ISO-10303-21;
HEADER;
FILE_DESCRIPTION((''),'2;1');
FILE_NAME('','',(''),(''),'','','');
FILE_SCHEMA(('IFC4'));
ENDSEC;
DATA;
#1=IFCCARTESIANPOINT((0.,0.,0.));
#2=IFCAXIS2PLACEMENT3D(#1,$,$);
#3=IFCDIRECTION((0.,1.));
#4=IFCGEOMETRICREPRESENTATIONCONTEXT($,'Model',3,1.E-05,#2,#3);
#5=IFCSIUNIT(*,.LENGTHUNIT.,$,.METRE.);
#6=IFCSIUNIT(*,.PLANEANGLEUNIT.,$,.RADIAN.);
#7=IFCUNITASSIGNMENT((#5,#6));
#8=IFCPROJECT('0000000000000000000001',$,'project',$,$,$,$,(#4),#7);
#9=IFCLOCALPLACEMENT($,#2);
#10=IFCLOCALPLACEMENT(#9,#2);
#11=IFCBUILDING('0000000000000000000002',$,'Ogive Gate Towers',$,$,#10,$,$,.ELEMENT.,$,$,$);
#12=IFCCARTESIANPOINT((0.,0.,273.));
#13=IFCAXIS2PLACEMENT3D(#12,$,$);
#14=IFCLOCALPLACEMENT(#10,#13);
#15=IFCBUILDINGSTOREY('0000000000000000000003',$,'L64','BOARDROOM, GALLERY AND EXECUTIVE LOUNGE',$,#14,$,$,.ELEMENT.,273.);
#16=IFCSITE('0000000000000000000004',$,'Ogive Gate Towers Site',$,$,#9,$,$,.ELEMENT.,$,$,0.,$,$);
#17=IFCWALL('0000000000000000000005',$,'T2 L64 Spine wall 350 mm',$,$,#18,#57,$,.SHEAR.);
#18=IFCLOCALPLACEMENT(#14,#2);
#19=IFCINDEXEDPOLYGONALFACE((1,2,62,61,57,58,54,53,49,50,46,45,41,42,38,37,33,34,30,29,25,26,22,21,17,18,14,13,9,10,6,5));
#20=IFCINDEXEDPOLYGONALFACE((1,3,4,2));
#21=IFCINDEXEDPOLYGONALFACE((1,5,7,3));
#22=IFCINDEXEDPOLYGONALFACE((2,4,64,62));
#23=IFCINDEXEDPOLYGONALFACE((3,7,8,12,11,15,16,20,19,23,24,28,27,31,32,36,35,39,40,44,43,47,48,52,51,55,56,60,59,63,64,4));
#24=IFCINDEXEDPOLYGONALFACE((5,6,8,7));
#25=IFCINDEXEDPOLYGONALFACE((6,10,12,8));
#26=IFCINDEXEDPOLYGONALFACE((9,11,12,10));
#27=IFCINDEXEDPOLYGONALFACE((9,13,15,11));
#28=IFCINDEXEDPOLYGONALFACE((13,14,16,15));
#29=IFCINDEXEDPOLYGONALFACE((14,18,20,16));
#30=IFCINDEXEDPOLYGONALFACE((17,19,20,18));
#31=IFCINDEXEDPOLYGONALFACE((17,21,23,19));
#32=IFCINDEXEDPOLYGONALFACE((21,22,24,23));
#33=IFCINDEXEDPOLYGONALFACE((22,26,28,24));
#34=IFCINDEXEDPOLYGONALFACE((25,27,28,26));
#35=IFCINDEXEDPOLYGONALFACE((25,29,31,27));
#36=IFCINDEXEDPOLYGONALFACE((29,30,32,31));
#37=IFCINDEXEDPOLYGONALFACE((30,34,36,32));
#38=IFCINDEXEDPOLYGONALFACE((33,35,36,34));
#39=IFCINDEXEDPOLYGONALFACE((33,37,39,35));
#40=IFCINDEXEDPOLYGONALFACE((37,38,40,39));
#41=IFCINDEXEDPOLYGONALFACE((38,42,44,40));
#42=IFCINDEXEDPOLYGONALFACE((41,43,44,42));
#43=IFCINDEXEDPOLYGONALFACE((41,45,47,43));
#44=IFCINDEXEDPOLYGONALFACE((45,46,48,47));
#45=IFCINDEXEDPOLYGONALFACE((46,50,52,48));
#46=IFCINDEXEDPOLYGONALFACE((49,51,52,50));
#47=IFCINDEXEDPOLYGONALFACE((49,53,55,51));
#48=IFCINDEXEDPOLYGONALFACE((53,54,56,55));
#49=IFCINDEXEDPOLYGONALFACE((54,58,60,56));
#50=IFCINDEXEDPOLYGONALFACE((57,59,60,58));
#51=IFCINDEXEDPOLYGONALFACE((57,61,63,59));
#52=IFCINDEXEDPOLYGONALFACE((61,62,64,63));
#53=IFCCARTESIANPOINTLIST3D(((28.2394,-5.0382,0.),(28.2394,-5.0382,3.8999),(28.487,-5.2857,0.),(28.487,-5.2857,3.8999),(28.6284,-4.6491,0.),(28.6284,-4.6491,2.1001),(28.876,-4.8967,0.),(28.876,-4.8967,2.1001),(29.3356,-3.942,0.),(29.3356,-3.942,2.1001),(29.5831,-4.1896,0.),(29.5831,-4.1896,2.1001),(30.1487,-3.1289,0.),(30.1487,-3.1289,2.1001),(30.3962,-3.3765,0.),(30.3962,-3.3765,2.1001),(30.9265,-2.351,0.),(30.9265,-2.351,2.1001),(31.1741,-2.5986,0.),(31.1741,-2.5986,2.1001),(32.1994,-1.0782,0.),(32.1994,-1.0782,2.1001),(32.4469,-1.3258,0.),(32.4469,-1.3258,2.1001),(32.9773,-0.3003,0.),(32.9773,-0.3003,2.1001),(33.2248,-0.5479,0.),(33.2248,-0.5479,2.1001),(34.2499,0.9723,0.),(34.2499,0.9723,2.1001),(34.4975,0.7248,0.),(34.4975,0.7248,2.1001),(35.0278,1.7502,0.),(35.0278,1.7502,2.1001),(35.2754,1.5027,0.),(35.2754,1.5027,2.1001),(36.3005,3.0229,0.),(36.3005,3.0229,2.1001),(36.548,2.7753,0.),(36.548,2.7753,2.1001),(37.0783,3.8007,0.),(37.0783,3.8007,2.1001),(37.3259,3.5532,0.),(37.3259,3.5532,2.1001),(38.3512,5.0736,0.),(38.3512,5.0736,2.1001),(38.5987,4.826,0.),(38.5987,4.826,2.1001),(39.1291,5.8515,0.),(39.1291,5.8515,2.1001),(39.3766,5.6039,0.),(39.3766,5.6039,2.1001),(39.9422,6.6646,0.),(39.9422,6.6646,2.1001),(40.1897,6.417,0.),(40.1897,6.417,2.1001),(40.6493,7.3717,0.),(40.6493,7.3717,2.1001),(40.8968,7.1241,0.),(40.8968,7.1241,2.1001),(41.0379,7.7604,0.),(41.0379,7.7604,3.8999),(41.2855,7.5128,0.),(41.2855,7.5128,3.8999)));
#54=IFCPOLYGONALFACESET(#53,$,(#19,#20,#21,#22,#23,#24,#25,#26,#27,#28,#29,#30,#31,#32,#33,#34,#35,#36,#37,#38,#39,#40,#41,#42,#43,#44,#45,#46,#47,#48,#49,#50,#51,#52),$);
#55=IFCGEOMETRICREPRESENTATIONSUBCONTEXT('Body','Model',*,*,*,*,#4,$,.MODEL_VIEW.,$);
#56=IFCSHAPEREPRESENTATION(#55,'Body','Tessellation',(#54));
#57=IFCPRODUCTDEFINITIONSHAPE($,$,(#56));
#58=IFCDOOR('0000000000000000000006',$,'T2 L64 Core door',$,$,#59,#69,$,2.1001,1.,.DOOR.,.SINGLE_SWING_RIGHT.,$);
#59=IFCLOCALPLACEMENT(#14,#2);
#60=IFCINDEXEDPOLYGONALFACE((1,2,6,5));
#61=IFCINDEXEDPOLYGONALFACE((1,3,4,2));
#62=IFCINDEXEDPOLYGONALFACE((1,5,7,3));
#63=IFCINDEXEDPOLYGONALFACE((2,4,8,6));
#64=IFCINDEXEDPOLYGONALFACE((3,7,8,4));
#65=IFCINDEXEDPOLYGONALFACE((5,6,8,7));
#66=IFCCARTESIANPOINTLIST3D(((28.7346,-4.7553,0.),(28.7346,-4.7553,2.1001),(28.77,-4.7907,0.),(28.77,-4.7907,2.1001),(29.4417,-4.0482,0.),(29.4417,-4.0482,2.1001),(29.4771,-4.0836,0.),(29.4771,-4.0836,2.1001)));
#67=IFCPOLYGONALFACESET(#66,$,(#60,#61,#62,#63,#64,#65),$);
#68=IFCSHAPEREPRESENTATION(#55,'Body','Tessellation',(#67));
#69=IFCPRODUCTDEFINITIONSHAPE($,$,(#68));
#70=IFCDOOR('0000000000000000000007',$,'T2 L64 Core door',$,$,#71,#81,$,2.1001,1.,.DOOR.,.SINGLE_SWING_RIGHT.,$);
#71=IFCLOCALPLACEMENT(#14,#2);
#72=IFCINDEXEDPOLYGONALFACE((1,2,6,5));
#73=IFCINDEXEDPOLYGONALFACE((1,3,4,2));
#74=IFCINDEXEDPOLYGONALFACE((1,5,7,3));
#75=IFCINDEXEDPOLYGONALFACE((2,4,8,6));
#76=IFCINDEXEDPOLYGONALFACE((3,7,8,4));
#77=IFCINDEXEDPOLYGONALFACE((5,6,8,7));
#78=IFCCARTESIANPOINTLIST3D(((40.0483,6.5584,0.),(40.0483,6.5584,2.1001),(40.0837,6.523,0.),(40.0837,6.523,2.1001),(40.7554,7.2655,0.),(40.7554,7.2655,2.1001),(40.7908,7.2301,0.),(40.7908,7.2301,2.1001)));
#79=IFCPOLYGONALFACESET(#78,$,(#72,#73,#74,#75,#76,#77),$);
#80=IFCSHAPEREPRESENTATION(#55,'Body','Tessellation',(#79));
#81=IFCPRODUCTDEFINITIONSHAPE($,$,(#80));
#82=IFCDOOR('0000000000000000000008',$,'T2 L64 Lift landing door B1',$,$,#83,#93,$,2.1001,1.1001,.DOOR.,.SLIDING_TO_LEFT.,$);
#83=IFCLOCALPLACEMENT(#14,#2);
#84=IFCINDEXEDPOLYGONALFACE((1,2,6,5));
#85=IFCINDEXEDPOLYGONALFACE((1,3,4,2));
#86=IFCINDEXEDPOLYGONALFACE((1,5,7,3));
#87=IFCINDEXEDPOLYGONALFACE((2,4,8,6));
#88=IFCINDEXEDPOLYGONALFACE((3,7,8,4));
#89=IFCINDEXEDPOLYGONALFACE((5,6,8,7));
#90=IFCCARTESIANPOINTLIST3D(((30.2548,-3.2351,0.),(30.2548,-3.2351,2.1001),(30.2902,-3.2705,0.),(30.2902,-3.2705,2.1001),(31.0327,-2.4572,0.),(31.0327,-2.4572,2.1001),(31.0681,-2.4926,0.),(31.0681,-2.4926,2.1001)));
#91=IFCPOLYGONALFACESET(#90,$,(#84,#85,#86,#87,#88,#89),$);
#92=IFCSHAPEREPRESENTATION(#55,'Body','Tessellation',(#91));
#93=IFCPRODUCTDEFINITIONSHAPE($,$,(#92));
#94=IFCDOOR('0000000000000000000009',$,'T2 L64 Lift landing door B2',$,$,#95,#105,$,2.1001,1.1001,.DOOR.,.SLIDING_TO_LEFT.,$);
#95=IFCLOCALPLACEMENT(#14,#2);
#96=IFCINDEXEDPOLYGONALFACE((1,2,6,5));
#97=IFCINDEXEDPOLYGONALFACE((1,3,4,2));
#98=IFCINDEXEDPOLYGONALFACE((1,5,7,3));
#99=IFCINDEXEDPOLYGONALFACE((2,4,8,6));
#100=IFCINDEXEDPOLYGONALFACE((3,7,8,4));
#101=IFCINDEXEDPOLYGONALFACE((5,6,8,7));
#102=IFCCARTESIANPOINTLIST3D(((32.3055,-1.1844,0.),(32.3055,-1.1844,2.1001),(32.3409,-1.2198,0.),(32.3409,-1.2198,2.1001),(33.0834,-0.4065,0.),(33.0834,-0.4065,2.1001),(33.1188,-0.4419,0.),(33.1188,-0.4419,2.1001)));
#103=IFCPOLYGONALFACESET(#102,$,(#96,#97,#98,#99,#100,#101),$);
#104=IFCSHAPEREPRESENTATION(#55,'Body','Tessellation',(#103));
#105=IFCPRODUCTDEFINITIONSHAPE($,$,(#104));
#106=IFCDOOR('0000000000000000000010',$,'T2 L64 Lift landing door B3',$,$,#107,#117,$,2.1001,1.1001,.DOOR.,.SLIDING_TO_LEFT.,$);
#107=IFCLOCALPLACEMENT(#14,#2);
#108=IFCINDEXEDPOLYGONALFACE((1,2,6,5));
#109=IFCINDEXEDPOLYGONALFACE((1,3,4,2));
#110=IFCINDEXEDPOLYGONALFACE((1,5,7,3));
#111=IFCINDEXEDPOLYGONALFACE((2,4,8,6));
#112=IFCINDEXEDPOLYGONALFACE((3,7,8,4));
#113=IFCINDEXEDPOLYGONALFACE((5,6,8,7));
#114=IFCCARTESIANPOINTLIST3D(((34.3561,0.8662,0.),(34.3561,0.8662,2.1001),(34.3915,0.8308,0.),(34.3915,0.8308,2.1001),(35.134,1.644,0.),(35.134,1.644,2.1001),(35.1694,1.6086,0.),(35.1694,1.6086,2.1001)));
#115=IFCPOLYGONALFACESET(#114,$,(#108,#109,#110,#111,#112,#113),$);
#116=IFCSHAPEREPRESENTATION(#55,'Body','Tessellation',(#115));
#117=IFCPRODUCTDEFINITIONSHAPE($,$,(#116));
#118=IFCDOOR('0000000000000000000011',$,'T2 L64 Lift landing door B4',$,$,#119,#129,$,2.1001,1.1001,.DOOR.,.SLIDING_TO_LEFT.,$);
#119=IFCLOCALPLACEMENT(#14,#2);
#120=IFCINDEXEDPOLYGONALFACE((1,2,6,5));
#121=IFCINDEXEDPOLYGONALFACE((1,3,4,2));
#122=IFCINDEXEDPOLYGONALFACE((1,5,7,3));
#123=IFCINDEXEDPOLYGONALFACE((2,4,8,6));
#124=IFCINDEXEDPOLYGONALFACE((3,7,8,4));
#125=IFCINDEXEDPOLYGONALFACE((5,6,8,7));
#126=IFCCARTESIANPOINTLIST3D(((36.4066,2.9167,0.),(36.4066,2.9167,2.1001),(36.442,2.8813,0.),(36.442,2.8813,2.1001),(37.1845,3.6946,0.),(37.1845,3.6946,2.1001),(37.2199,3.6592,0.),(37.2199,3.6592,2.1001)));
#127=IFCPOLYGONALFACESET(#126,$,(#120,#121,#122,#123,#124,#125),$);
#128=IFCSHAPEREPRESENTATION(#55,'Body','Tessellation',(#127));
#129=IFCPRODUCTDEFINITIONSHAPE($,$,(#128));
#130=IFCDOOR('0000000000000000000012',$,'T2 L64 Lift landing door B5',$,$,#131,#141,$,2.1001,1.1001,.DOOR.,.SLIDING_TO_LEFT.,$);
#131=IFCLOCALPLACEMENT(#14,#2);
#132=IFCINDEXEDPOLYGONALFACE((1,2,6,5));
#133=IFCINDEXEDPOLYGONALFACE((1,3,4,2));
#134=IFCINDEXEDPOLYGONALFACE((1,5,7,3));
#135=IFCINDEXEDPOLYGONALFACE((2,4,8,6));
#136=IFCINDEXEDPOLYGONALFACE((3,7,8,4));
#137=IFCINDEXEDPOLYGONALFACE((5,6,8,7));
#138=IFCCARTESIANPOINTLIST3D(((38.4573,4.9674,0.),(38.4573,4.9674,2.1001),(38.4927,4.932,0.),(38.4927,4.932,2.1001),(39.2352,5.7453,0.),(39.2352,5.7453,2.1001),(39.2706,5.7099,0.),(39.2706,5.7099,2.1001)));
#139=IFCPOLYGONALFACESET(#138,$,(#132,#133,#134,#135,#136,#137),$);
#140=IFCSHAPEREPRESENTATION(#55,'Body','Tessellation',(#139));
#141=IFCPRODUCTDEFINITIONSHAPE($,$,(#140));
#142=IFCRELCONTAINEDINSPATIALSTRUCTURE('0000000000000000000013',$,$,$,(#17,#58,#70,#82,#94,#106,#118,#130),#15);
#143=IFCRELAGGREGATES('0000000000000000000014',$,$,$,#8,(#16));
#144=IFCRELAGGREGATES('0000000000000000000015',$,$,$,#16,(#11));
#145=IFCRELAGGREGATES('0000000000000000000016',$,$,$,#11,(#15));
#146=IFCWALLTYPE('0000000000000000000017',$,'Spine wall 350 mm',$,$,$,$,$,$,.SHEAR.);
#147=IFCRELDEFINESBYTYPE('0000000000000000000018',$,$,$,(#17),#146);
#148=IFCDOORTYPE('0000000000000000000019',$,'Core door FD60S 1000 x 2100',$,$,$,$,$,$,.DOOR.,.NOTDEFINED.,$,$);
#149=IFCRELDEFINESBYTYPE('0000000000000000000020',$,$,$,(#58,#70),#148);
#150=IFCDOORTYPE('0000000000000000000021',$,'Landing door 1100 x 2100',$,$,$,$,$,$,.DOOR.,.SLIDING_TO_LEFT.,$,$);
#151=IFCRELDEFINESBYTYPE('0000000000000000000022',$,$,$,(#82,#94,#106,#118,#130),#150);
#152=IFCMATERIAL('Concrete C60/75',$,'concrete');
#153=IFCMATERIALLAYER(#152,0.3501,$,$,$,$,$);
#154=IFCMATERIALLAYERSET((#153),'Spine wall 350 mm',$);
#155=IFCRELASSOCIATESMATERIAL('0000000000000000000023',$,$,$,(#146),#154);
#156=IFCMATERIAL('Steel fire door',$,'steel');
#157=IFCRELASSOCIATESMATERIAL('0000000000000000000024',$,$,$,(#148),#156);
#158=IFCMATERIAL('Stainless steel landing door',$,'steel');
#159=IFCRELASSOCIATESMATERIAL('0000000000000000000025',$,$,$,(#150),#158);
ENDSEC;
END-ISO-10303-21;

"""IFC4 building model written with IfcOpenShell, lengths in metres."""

from ifc_helpers import new_model, si_unit, direction, frame, frame_2d, origin, place, context, subcontext, project, spatial, rectangle, extrude, material, layer, layer_set, type_object, element, fill, save


model = new_model("IFC4")

# Units and contexts
model_context = context("Model", 3, precision=1e-05, world=origin(), true_north=direction((0.0, 1.0)))
body_context = subcontext(model_context, "Body", "Model", "MODEL_VIEW")
ifc_project = project(units=[si_unit("LENGTHUNIT", "METRE"), si_unit("PLANEANGLEUNIT", "RADIAN")], contexts=[model_context])

# Site, building, storey
site_placement = place(None, origin())
site = spatial("IfcSite", under=ifc_project, at=site_placement, Name="Ogive Gate Towers Site", CompositionType="ELEMENT", RefElevation=0.0)
building_placement = place(site_placement, origin())
building = spatial("IfcBuilding", under=site, at=building_placement, Name="Ogive Gate Towers", CompositionType="ELEMENT")
storey_placement = place(building_placement, frame((0.0, 0.0, 273.0)))
storey = spatial("IfcBuildingStorey", under=building, at=storey_placement, Name="L64", Description="BOARDROOM, GALLERY AND EXECUTIVE LOUNGE", CompositionType="ELEMENT", Elevation=273.0)

# Shared definitions
ifc_material_1 = material(Name="Concrete C60/75", Category="concrete")

# Wall, openings, doors
ifc_layer_1 = layer(ifc_material_1, 0.3501)
ifc_layer_set_1 = layer_set([ifc_layer_1], Name="Spine wall 350 mm")
wall_type_1 = type_object("IfcWallType", Name="Spine wall 350 mm", PredefinedType="SHEAR", material=ifc_layer_set_1)
ifc_material_2 = material(Name="Steel fire door", Category="steel")
door_type_1 = type_object("IfcDoorType", Name="Core door FD60S 1000 x 2100", OperationType="NOTDEFINED", PredefinedType="DOOR", material=ifc_material_2)
ifc_material_3 = material(Name="Stainless steel landing door", Category="steel")
door_type_2 = type_object("IfcDoorType", Name="Landing door 1100 x 2100", OperationType="SLIDING_TO_LEFT", PredefinedType="DOOR", material=ifc_material_3)
wall_1_placement = place(storey_placement, frame((28.3633, -5.1619, 0.0), z_axis=(0.0, 0.0, 1.0), x_axis=(0.707107, 0.707107, 0.0)))
wall_1 = element("IfcWall", 1, at=wall_1_placement, inside=storey, type_object=wall_type_1, Name="T2 L64 Spine wall 350 mm", PredefinedType="SHEAR", context=body_context, shape_type="SweptSolid", body=[
    extrude(rectangle(XDim=18.0999, YDim=0.3501, at=frame_2d((9.0498, 0.0))), origin(), (0.0, 0.0, 1.0), 3.8999),
])
opening_1_placement = place(wall_1_placement, frame((0.55, 0.0, 0.0)))
opening_1 = element("IfcOpeningElement", 2, at=opening_1_placement, cuts=wall_1, PredefinedType="OPENING", context=body_context, shape_type="SweptSolid", body=[
    extrude(rectangle(XDim=1.0, YDim=2.1001, at=frame_2d((0.5, 1.05))), frame((0.0, 0.1851, 0.0), z_axis=(0.0, -1.0, 0.0), x_axis=(1.0, 0.0, 0.0)), (0.0, 0.0, 1.0), 0.3701),
])
opening_2_placement = place(wall_1_placement, frame((2.7, 0.0, 0.0)))
opening_2 = element("IfcOpeningElement", 3, at=opening_2_placement, cuts=wall_1, PredefinedType="OPENING", context=body_context, shape_type="SweptSolid", body=[
    extrude(rectangle(XDim=1.1001, YDim=2.1001, at=frame_2d((0.55, 1.05))), frame((0.0, 0.1851, 0.0), z_axis=(0.0, -1.0, 0.0), x_axis=(1.0, 0.0, 0.0)), (0.0, 0.0, 1.0), 0.3701),
])
opening_3_placement = place(wall_1_placement, frame((5.6001, 0.0, 0.0)))
opening_3 = element("IfcOpeningElement", 4, at=opening_3_placement, cuts=wall_1, PredefinedType="OPENING", context=body_context, shape_type="SweptSolid", body=[
    extrude(rectangle(XDim=1.1001, YDim=2.1001, at=frame_2d((0.55, 1.05))), frame((0.0, 0.1851, 0.0), z_axis=(0.0, -1.0, 0.0), x_axis=(1.0, 0.0, 0.0)), (0.0, 0.0, 1.0), 0.3701),
])
opening_4_placement = place(wall_1_placement, frame((8.5, 0.0, 0.0)))
opening_4 = element("IfcOpeningElement", 5, at=opening_4_placement, cuts=wall_1, PredefinedType="OPENING", context=body_context, shape_type="SweptSolid", body=[
    extrude(rectangle(XDim=1.1001, YDim=2.1001, at=frame_2d((0.55, 1.05))), frame((0.0, 0.1851, 0.0), z_axis=(0.0, -1.0, 0.0), x_axis=(1.0, 0.0, 0.0)), (0.0, 0.0, 1.0), 0.3701),
])
opening_5_placement = place(wall_1_placement, frame((11.3999, 0.0, 0.0)))
opening_5 = element("IfcOpeningElement", 6, at=opening_5_placement, cuts=wall_1, PredefinedType="OPENING", context=body_context, shape_type="SweptSolid", body=[
    extrude(rectangle(XDim=1.1001, YDim=2.1001, at=frame_2d((0.55, 1.05))), frame((0.0, 0.1851, 0.0), z_axis=(0.0, -1.0, 0.0), x_axis=(1.0, 0.0, 0.0)), (0.0, 0.0, 1.0), 0.3701),
])
opening_6_placement = place(wall_1_placement, frame((14.3, 0.0, 0.0)))
opening_6 = element("IfcOpeningElement", 7, at=opening_6_placement, cuts=wall_1, PredefinedType="OPENING", context=body_context, shape_type="SweptSolid", body=[
    extrude(rectangle(XDim=1.1001, YDim=2.1001, at=frame_2d((0.55, 1.05))), frame((0.0, 0.1851, 0.0), z_axis=(0.0, -1.0, 0.0), x_axis=(1.0, 0.0, 0.0)), (0.0, 0.0, 1.0), 0.3701),
])
opening_7_placement = place(wall_1_placement, frame((16.55, 0.0, 0.0)))
opening_7 = element("IfcOpeningElement", 8, at=opening_7_placement, cuts=wall_1, PredefinedType="OPENING", context=body_context, shape_type="SweptSolid", body=[
    extrude(rectangle(XDim=1.0, YDim=2.1001, at=frame_2d((0.5, 1.05))), frame((0.0, 0.1851, 0.0), z_axis=(0.0, -1.0, 0.0), x_axis=(1.0, 0.0, 0.0)), (0.0, 0.0, 1.0), 0.3701),
])
door_1_placement = place(opening_1_placement, origin())
door_1 = element("IfcDoor", 9, at=door_1_placement, inside=storey, type_object=door_type_1, Name="T2 L64 Core door", OperationType="SINGLE_SWING_RIGHT", OverallHeight=2.1001, OverallWidth=1.0, PredefinedType="DOOR", context=body_context, shape_type="SweptSolid", body=[
    extrude(rectangle(XDim=1.0, YDim=2.1001, at=frame_2d((0.5, 1.05))), frame((0.0, 0.0249, 0.0), z_axis=(0.0, -1.0, 0.0), x_axis=(1.0, 0.0, 0.0)), (0.0, 0.0, 1.0), 0.05),
])
fill(opening_1, door_1)
door_2_placement = place(opening_7_placement, origin())
door_2 = element("IfcDoor", 10, at=door_2_placement, inside=storey, type_object=door_type_1, Name="T2 L64 Core door", OperationType="SINGLE_SWING_RIGHT", OverallHeight=2.1001, OverallWidth=1.0, PredefinedType="DOOR", context=body_context, shape_type="SweptSolid", body=[
    extrude(rectangle(XDim=1.0, YDim=2.1001, at=frame_2d((0.5, 1.05))), frame((0.0, 0.0249, 0.0), z_axis=(0.0, -1.0, 0.0), x_axis=(1.0, 0.0, 0.0)), (0.0, 0.0, 1.0), 0.05),
])
fill(opening_7, door_2)
door_3_placement = place(opening_2_placement, origin())
door_3 = element("IfcDoor", 11, at=door_3_placement, inside=storey, type_object=door_type_2, Name="T2 L64 Lift landing door B1", OperationType="SLIDING_TO_LEFT", OverallHeight=2.1001, OverallWidth=1.1001, PredefinedType="DOOR", context=body_context, shape_type="SweptSolid", body=[
    extrude(rectangle(XDim=1.1001, YDim=2.1001, at=frame_2d((0.55, 1.05))), frame((0.0, 0.0249, 0.0), z_axis=(0.0, -1.0, 0.0), x_axis=(1.0, 0.0, 0.0)), (0.0, 0.0, 1.0), 0.05),
])
fill(opening_2, door_3)
door_4_placement = place(opening_3_placement, origin())
door_4 = element("IfcDoor", 12, at=door_4_placement, inside=storey, type_object=door_type_2, Name="T2 L64 Lift landing door B2", OperationType="SLIDING_TO_LEFT", OverallHeight=2.1001, OverallWidth=1.1001, PredefinedType="DOOR", context=body_context, shape_type="SweptSolid", body=[
    extrude(rectangle(XDim=1.1001, YDim=2.1001, at=frame_2d((0.55, 1.05))), frame((0.0, 0.0249, 0.0), z_axis=(0.0, -1.0, 0.0), x_axis=(1.0, 0.0, 0.0)), (0.0, 0.0, 1.0), 0.05),
])
fill(opening_3, door_4)
door_5_placement = place(opening_4_placement, origin())
door_5 = element("IfcDoor", 13, at=door_5_placement, inside=storey, type_object=door_type_2, Name="T2 L64 Lift landing door B3", OperationType="SLIDING_TO_LEFT", OverallHeight=2.1001, OverallWidth=1.1001, PredefinedType="DOOR", context=body_context, shape_type="SweptSolid", body=[
    extrude(rectangle(XDim=1.1001, YDim=2.1001, at=frame_2d((0.55, 1.05))), frame((0.0, 0.0249, 0.0), z_axis=(0.0, -1.0, 0.0), x_axis=(1.0, 0.0, 0.0)), (0.0, 0.0, 1.0), 0.05),
])
fill(opening_4, door_5)
door_6_placement = place(opening_5_placement, origin())
door_6 = element("IfcDoor", 14, at=door_6_placement, inside=storey, type_object=door_type_2, Name="T2 L64 Lift landing door B4", OperationType="SLIDING_TO_LEFT", OverallHeight=2.1001, OverallWidth=1.1001, PredefinedType="DOOR", context=body_context, shape_type="SweptSolid", body=[
    extrude(rectangle(XDim=1.1001, YDim=2.1001, at=frame_2d((0.55, 1.05))), frame((0.0, 0.0249, 0.0), z_axis=(0.0, -1.0, 0.0), x_axis=(1.0, 0.0, 0.0)), (0.0, 0.0, 1.0), 0.05),
])
fill(opening_5, door_6)
door_7_placement = place(opening_6_placement, origin())
door_7 = element("IfcDoor", 15, at=door_7_placement, inside=storey, type_object=door_type_2, Name="T2 L64 Lift landing door B5", OperationType="SLIDING_TO_LEFT", OverallHeight=2.1001, OverallWidth=1.1001, PredefinedType="DOOR", context=body_context, shape_type="SweptSolid", body=[
    extrude(rectangle(XDim=1.1001, YDim=2.1001, at=frame_2d((0.55, 1.05))), frame((0.0, 0.0249, 0.0), z_axis=(0.0, -1.0, 0.0), x_axis=(1.0, 0.0, 0.0)), (0.0, 0.0, 1.0), 0.05),
])
fill(opening_6, door_7)

save(model, "model.ifc")
